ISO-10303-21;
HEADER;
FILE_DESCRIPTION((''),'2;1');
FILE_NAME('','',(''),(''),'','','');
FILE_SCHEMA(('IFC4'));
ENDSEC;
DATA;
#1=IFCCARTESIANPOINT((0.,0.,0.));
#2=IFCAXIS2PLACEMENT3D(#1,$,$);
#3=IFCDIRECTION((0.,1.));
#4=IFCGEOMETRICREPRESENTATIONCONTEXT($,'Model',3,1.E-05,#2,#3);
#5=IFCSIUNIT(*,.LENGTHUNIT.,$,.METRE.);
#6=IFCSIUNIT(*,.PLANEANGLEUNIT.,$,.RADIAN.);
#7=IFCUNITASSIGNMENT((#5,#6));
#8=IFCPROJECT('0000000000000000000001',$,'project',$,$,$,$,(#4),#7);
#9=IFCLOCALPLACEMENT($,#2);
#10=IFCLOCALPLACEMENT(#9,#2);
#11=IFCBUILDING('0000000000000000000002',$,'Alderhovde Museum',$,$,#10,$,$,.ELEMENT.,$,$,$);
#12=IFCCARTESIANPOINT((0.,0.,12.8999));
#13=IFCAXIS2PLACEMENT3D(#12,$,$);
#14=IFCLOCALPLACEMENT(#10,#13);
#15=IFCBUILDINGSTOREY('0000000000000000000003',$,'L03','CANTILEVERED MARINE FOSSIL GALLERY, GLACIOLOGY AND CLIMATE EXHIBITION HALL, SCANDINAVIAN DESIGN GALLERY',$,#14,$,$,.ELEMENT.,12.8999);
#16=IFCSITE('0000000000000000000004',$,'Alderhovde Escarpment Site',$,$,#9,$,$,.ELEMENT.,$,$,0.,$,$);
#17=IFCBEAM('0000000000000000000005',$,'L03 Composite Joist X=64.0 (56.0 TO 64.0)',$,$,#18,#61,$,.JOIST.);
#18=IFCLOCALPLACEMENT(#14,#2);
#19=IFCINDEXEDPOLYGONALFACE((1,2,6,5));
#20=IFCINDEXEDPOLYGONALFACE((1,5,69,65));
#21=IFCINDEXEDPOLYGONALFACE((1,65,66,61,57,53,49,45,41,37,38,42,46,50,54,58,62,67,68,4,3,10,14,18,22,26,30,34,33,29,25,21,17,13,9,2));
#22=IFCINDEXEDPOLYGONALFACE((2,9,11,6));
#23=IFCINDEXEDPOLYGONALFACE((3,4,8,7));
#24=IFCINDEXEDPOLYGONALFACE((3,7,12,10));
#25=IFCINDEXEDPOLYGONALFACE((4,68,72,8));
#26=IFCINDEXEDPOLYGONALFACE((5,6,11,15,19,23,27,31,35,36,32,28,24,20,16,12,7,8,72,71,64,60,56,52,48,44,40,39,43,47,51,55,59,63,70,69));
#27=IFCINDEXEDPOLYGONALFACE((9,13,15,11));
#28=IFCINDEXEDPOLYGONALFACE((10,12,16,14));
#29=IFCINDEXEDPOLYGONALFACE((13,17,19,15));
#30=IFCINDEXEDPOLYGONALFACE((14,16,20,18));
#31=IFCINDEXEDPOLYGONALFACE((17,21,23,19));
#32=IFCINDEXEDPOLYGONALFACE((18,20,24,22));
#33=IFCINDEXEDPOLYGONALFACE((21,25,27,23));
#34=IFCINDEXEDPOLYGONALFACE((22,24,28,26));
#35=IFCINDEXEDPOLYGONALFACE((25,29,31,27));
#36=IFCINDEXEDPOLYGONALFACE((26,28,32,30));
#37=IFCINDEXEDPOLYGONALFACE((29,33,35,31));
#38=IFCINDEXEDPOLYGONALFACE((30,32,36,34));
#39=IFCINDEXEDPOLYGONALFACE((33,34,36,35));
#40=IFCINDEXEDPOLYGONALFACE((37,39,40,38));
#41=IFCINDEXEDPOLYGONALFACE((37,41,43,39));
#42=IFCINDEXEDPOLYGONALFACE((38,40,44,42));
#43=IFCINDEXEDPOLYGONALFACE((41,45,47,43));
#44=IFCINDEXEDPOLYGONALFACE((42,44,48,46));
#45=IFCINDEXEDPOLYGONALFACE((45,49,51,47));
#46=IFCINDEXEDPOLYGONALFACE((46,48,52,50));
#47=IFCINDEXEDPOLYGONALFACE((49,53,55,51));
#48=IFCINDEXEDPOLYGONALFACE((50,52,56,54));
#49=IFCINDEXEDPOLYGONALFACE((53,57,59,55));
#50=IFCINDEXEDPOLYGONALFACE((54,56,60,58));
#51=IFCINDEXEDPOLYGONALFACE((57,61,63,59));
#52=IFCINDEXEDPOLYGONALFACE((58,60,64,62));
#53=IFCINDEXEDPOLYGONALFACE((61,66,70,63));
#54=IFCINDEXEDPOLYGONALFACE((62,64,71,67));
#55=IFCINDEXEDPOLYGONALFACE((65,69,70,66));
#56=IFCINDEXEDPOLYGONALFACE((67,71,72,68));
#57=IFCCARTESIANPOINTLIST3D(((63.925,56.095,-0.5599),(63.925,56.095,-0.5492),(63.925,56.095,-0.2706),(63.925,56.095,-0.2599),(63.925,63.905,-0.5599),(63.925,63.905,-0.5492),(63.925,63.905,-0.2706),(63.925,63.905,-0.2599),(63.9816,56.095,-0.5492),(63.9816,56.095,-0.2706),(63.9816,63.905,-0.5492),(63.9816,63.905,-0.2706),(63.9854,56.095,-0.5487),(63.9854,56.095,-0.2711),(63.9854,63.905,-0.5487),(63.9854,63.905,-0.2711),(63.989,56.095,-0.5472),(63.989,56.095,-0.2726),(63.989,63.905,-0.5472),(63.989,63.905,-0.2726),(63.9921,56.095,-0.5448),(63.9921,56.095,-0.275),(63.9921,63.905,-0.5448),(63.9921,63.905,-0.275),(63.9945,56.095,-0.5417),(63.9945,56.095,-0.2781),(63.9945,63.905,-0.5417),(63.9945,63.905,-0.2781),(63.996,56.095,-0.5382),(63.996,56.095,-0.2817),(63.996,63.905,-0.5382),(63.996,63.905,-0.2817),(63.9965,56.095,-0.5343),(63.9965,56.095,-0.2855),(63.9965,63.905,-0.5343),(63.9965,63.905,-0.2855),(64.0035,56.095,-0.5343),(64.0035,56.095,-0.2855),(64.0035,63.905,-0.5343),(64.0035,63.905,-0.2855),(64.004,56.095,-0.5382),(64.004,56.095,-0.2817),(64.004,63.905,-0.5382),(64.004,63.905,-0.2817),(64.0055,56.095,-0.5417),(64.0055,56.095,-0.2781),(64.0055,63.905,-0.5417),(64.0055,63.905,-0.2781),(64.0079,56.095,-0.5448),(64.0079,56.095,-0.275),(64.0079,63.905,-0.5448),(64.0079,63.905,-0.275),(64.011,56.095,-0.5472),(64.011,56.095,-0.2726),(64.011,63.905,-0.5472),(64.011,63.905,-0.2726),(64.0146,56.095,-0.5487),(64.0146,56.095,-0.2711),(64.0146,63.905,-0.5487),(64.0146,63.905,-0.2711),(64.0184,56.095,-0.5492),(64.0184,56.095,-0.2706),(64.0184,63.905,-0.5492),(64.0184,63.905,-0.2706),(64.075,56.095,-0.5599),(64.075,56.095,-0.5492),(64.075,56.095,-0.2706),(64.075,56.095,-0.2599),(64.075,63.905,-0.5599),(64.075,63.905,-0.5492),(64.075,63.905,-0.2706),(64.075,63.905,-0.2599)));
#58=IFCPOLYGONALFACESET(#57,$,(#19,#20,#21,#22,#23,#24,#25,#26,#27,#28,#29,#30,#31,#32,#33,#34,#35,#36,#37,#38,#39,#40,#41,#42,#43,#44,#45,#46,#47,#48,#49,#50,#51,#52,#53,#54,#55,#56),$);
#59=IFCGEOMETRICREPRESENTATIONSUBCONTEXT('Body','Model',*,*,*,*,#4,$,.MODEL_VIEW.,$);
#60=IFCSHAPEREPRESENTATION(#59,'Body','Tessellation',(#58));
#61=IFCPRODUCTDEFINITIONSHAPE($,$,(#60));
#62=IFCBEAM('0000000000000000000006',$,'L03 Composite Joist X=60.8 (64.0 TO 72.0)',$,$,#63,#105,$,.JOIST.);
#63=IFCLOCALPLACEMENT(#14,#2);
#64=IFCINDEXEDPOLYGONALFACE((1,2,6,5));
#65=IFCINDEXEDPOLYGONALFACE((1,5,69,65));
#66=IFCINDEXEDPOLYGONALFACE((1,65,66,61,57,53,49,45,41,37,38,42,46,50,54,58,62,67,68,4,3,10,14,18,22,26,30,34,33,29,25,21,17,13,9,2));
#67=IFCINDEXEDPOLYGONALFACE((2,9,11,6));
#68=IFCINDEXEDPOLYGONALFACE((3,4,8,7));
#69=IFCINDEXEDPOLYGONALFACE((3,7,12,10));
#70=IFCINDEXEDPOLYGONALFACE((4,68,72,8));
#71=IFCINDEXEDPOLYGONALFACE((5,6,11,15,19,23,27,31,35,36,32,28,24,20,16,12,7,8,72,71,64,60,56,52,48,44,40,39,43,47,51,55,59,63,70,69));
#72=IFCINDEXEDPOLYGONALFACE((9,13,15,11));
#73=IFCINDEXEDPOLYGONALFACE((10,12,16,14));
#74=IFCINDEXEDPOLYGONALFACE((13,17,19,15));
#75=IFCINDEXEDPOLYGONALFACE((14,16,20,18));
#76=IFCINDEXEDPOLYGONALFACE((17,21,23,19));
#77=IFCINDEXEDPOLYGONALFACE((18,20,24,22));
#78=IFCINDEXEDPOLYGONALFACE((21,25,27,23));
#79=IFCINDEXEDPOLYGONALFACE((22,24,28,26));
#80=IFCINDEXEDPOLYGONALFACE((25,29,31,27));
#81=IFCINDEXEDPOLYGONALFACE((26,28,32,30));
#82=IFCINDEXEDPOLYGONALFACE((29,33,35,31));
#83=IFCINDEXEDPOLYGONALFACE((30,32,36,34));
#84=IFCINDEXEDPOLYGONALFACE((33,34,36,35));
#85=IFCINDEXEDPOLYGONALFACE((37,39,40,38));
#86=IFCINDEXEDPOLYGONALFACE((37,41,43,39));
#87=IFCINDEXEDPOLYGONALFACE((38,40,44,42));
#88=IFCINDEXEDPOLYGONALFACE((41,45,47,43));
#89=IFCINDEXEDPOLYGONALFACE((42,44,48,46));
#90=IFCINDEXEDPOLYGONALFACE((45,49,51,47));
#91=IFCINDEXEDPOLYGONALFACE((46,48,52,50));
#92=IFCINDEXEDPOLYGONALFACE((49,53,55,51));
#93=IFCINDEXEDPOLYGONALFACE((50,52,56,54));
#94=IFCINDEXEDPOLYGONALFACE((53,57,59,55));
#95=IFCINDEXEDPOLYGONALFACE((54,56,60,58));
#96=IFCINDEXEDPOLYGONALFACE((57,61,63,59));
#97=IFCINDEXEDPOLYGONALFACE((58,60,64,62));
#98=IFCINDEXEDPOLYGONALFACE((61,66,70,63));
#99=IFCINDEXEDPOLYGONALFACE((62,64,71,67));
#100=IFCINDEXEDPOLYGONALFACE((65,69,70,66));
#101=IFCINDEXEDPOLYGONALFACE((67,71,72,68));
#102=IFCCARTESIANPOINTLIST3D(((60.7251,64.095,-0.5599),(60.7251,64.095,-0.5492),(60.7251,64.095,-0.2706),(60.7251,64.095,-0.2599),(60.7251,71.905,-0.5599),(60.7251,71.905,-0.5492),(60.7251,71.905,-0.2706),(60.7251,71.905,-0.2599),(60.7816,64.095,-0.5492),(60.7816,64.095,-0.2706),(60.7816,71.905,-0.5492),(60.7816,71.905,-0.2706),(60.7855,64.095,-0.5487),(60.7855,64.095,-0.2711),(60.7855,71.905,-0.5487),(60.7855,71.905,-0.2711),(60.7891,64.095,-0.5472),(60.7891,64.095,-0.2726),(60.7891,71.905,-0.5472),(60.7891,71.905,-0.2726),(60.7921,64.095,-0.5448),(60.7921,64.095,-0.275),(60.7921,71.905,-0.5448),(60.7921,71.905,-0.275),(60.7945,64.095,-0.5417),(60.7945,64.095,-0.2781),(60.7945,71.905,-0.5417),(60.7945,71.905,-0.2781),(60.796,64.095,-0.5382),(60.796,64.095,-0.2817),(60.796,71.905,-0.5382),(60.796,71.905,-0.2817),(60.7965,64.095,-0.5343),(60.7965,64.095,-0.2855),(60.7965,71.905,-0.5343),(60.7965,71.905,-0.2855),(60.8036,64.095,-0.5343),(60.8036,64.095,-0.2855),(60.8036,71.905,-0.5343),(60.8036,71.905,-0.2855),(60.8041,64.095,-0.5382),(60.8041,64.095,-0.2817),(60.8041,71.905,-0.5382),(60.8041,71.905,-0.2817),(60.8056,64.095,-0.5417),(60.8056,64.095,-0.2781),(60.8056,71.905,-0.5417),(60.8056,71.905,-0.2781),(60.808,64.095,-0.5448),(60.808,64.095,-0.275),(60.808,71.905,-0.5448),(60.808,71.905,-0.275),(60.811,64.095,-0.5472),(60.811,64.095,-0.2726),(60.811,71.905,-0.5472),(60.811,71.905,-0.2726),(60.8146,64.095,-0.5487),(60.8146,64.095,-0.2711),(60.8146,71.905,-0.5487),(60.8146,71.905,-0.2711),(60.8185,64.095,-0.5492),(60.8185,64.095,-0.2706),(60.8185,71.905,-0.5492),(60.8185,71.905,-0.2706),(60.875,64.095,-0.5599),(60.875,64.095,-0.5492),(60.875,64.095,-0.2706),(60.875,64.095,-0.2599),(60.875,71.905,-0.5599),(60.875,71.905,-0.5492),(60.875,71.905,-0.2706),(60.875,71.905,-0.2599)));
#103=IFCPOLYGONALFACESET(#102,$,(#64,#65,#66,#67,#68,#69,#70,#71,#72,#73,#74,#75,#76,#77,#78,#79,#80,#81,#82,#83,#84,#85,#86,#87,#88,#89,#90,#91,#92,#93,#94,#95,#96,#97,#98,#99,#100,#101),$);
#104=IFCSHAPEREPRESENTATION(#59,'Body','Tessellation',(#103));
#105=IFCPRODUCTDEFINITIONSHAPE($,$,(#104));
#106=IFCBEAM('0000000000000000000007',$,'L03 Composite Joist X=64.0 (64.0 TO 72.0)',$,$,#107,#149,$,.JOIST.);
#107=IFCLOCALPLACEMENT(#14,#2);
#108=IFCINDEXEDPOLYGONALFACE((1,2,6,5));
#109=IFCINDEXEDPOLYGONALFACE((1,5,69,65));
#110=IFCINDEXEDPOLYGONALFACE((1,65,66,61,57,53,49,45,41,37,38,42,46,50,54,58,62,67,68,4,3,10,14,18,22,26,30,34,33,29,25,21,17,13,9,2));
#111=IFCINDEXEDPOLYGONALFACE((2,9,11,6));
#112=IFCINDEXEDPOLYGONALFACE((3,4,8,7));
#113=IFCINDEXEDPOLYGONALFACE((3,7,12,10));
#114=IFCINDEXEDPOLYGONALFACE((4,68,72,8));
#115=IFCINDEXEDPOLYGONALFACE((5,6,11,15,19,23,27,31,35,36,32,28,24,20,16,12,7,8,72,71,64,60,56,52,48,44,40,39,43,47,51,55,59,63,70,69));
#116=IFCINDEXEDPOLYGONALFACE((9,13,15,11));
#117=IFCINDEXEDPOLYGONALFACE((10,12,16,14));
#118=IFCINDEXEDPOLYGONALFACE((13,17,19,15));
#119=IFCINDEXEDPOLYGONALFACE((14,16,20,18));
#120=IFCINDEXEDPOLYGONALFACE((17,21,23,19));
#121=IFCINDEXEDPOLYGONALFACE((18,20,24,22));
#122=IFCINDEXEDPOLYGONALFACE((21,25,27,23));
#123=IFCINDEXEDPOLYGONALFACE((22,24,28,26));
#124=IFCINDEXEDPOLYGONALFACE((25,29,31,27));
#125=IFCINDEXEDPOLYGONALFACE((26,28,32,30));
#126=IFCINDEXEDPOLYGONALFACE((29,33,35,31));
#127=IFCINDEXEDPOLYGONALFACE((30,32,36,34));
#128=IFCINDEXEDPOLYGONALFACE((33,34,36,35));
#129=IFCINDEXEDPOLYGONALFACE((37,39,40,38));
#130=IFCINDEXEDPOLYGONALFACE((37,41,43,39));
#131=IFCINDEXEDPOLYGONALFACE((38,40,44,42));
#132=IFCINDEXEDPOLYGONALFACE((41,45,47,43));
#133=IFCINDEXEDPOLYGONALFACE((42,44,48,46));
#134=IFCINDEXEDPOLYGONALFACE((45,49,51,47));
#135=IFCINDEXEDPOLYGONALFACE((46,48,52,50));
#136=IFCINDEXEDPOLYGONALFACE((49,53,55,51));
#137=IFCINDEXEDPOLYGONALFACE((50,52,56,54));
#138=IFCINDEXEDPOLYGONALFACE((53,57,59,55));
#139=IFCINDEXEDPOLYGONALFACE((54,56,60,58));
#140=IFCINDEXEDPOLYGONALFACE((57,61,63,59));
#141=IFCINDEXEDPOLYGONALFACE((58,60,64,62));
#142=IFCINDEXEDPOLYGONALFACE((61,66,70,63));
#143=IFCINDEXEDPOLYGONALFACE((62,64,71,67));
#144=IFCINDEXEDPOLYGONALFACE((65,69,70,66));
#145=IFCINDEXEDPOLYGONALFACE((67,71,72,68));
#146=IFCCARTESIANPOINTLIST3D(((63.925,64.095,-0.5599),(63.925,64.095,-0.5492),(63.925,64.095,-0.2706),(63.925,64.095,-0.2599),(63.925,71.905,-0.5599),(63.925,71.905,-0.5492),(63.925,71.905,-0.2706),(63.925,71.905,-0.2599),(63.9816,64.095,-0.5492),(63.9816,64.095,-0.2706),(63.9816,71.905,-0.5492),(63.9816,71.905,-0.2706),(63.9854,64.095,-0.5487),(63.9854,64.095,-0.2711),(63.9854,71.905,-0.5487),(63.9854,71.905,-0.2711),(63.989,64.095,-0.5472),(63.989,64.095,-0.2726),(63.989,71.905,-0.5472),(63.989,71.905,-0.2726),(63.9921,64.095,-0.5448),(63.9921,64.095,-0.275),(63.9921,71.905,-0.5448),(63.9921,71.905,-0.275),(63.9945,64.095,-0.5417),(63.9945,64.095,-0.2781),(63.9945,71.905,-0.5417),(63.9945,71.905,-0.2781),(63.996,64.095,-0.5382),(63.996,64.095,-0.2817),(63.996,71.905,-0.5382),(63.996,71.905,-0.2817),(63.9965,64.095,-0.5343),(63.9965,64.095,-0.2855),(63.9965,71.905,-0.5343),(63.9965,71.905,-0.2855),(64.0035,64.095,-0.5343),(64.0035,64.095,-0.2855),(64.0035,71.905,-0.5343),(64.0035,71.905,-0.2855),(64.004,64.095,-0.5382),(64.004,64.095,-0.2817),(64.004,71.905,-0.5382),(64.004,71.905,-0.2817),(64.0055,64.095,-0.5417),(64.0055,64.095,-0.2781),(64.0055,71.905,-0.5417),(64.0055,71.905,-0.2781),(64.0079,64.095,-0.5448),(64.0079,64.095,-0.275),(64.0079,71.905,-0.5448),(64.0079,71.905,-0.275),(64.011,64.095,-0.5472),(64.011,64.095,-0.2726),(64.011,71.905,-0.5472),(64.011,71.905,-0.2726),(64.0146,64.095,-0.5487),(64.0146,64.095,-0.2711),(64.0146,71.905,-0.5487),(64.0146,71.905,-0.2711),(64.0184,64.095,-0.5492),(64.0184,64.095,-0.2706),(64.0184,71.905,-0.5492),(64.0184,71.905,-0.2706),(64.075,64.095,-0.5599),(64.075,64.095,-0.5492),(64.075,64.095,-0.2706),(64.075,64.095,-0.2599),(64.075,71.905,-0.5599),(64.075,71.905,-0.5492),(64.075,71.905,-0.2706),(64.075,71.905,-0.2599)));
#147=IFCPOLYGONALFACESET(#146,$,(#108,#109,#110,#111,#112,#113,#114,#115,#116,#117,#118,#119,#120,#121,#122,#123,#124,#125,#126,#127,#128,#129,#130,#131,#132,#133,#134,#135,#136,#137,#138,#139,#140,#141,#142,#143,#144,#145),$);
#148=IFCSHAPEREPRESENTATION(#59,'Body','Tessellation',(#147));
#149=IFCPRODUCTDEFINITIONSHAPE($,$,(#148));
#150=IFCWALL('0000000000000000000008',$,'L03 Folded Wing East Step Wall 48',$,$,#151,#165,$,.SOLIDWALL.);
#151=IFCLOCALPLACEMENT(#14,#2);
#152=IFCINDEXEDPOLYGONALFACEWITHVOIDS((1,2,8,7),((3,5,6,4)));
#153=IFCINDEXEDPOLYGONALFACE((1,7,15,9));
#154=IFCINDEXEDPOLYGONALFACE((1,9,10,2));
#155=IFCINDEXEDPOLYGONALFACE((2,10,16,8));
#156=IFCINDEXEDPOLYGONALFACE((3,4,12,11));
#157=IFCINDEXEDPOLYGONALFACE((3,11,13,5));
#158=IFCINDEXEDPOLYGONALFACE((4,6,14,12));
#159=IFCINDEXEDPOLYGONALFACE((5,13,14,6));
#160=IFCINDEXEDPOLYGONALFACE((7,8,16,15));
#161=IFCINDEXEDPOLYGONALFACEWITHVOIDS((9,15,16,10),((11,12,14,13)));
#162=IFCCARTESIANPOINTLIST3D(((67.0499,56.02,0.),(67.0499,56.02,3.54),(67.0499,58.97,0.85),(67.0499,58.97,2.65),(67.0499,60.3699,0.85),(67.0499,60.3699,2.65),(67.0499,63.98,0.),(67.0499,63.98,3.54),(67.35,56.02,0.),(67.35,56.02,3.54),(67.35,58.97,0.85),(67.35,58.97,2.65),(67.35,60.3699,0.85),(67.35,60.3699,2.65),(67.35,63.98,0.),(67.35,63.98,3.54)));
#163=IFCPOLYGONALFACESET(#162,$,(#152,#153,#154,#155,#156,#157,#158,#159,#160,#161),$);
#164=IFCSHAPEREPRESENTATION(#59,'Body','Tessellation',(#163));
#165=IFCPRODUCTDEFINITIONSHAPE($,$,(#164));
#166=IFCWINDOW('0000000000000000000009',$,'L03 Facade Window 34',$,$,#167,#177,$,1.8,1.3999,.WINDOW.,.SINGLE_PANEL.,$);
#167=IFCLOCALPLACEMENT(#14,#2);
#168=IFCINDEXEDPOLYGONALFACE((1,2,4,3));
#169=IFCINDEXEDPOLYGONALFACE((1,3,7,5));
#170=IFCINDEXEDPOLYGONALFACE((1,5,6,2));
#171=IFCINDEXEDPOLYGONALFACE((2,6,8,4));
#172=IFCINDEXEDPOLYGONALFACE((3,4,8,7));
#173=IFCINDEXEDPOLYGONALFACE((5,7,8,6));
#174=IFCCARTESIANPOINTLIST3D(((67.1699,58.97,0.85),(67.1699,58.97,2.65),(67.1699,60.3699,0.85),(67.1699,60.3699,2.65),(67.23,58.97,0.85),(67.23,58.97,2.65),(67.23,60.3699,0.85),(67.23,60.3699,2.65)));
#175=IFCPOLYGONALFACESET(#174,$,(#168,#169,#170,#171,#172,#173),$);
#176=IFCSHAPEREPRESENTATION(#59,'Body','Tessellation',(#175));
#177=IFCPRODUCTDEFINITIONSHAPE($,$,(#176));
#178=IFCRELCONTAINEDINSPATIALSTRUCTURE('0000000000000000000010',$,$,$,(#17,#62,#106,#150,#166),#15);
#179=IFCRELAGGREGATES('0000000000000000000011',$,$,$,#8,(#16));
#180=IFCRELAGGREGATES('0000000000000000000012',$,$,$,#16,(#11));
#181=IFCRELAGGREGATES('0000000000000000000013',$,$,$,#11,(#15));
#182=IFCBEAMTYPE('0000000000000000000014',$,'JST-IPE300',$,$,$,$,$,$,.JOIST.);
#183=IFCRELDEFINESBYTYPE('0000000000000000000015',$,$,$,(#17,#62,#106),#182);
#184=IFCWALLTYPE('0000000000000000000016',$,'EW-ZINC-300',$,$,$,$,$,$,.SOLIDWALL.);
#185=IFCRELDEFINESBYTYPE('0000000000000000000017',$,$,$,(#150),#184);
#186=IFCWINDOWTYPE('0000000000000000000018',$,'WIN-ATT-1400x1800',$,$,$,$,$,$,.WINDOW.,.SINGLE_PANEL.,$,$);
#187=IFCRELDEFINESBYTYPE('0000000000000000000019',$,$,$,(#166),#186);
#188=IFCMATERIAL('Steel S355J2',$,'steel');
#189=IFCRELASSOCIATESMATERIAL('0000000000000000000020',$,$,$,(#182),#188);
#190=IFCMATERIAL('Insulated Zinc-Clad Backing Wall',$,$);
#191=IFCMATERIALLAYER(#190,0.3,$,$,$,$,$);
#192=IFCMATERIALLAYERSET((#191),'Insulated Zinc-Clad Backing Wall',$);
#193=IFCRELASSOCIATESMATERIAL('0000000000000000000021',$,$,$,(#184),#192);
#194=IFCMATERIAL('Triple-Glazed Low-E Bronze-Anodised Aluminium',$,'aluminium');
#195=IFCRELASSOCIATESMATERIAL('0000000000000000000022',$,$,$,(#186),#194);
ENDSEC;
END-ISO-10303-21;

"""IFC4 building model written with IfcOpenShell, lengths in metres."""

from ifc_helpers import new_model, si_unit, direction, frame, frame_2d, origin, origin_2d, place, context, subcontext, project, spatial, rectangle, i_section, extrude, material, layer, layer_set, material_profile, profile_set, type_object, element, fill, save


model = new_model("IFC4")

# Units and contexts
model_context = context("Model", 3, precision=1e-05, world=origin(), true_north=direction((0.0, 1.0)))
body_context = subcontext(model_context, "Body", "Model", "MODEL_VIEW")
ifc_project = project(units=[si_unit("LENGTHUNIT", "METRE"), si_unit("PLANEANGLEUNIT", "RADIAN")], contexts=[model_context])

# Site, building, storey
site_placement = place(None, origin())
site = spatial("IfcSite", under=ifc_project, at=site_placement, Name="Alderhovde Escarpment Site", CompositionType="ELEMENT", RefElevation=0.0)
building_placement = place(site_placement, origin())
building = spatial("IfcBuilding", under=site, at=building_placement, Name="Alderhovde Museum", CompositionType="ELEMENT")
storey_placement = place(building_placement, frame((0.0, 0.0, 12.8999)))
storey = spatial("IfcBuildingStorey", under=building, at=storey_placement, Name="L03", Description="CANTILEVERED MARINE FOSSIL GALLERY, GLACIOLOGY AND CLIMATE EXHIBITION HALL, SCANDINAVIAN DESIGN GALLERY", CompositionType="ELEMENT", Elevation=12.8999)

# Beams
ifc_material_1 = material(Name="Steel S355J2", Category="steel")
ifc_material_profile_1 = material_profile(ifc_material_1, i_section(OverallWidth=0.1499, OverallDepth=0.3, WebThickness=0.0071, FlangeThickness=0.0107, FilletRadius=0.0149, at=origin_2d()), Name="IPE 300")
ifc_profile_set_1 = profile_set([ifc_material_profile_1], Name="Steel S355J2")
beam_type_1 = type_object("IfcBeamType", Name="JST-IPE300", PredefinedType="JOIST", material=ifc_profile_set_1)
for number, where, z_axis, x_axis, name in (
    (1, (64.0, 56.095, -0.4099), (0.0, 1.0, 0.0), (-1.0, 0.0, 0.0), "L03 Composite Joist X=64.0 (56.0 TO 64.0)"),
    (2, (60.8, 64.095, -0.4099), (0.0, 1.0, 0.0), (-1.0, 0.0, 0.0), "L03 Composite Joist X=60.8 (64.0 TO 72.0)"),
    (3, (64.0, 64.095, -0.4099), (0.0, 1.0, 0.0), (-1.0, 0.0, 0.0), "L03 Composite Joist X=64.0 (64.0 TO 72.0)"),
):
    element("IfcBeam", number, at=place(storey_placement, frame(where, z_axis=z_axis, x_axis=x_axis)), inside=storey, type_object=beam_type_1, Name=name, PredefinedType="JOIST", context=body_context, shape_type="SweptSolid", body=[
        extrude(i_section(OverallWidth=0.1499, OverallDepth=0.3, WebThickness=0.0071, FlangeThickness=0.0107, FilletRadius=0.0149, at=origin_2d()), origin(), (0.0, 0.0, 1.0), 7.8101),
    ])

# Wall, opening, window
ifc_material_2 = material(Name="Insulated Zinc-Clad Backing Wall")
ifc_layer = layer(ifc_material_2, 0.3)
ifc_layer_set = layer_set([ifc_layer], Name="Insulated Zinc-Clad Backing Wall")
wall_type = type_object("IfcWallType", Name="EW-ZINC-300", PredefinedType="SOLIDWALL", material=ifc_layer_set)
wall_1_placement = place(storey_placement, frame((67.2, 56.02, 0.0), z_axis=(0.0, 0.0, 1.0), x_axis=(0.0, 1.0, 0.0)))
wall_1 = element("IfcWall", 4, at=wall_1_placement, inside=storey, type_object=wall_type, Name="L03 Folded Wing East Step Wall 48", PredefinedType="SOLIDWALL", context=body_context, shape_type="SweptSolid", body=[
    extrude(rectangle(XDim=7.96, YDim=0.3, at=frame_2d((3.98, 0.0))), origin(), (0.0, 0.0, 1.0), 3.54),
])
opening_1_placement = place(wall_1_placement, frame((2.95, 0.0, 0.8501)))
opening_1 = element("IfcOpeningElement", 5, at=opening_1_placement, cuts=wall_1, PredefinedType="OPENING", context=body_context, shape_type="SweptSolid", body=[
    extrude(rectangle(XDim=1.3999, YDim=1.8, at=frame_2d((0.7, 0.8999))), frame((0.0, 0.1599, 0.0), z_axis=(0.0, -1.0, 0.0), x_axis=(1.0, 0.0, 0.0)), (0.0, 0.0, 1.0), 0.3201),
])
ifc_material_3 = material(Name="Triple-Glazed Low-E Bronze-Anodised Aluminium", Category="aluminium")
window_type = type_object("IfcWindowType", Name="WIN-ATT-1400x1800", PartitioningType="SINGLE_PANEL", PredefinedType="WINDOW", material=ifc_material_3)
window_1_placement = place(opening_1_placement, origin())
window_1 = element("IfcWindow", 6, at=window_1_placement, inside=storey, type_object=window_type, Name="L03 Facade Window 34", OverallHeight=1.8, OverallWidth=1.3999, PartitioningType="SINGLE_PANEL", PredefinedType="WINDOW", context=body_context, shape_type="SweptSolid", body=[
    extrude(rectangle(XDim=1.3999, YDim=1.8, at=frame_2d((0.7, 0.8999))), frame((0.0, 0.03, 0.0), z_axis=(0.0, -1.0, 0.0), x_axis=(1.0, 0.0, 0.0)), (0.0, 0.0, 1.0), 0.0601),
])
fill(opening_1, window_1)

save(model, "model.ifc")
